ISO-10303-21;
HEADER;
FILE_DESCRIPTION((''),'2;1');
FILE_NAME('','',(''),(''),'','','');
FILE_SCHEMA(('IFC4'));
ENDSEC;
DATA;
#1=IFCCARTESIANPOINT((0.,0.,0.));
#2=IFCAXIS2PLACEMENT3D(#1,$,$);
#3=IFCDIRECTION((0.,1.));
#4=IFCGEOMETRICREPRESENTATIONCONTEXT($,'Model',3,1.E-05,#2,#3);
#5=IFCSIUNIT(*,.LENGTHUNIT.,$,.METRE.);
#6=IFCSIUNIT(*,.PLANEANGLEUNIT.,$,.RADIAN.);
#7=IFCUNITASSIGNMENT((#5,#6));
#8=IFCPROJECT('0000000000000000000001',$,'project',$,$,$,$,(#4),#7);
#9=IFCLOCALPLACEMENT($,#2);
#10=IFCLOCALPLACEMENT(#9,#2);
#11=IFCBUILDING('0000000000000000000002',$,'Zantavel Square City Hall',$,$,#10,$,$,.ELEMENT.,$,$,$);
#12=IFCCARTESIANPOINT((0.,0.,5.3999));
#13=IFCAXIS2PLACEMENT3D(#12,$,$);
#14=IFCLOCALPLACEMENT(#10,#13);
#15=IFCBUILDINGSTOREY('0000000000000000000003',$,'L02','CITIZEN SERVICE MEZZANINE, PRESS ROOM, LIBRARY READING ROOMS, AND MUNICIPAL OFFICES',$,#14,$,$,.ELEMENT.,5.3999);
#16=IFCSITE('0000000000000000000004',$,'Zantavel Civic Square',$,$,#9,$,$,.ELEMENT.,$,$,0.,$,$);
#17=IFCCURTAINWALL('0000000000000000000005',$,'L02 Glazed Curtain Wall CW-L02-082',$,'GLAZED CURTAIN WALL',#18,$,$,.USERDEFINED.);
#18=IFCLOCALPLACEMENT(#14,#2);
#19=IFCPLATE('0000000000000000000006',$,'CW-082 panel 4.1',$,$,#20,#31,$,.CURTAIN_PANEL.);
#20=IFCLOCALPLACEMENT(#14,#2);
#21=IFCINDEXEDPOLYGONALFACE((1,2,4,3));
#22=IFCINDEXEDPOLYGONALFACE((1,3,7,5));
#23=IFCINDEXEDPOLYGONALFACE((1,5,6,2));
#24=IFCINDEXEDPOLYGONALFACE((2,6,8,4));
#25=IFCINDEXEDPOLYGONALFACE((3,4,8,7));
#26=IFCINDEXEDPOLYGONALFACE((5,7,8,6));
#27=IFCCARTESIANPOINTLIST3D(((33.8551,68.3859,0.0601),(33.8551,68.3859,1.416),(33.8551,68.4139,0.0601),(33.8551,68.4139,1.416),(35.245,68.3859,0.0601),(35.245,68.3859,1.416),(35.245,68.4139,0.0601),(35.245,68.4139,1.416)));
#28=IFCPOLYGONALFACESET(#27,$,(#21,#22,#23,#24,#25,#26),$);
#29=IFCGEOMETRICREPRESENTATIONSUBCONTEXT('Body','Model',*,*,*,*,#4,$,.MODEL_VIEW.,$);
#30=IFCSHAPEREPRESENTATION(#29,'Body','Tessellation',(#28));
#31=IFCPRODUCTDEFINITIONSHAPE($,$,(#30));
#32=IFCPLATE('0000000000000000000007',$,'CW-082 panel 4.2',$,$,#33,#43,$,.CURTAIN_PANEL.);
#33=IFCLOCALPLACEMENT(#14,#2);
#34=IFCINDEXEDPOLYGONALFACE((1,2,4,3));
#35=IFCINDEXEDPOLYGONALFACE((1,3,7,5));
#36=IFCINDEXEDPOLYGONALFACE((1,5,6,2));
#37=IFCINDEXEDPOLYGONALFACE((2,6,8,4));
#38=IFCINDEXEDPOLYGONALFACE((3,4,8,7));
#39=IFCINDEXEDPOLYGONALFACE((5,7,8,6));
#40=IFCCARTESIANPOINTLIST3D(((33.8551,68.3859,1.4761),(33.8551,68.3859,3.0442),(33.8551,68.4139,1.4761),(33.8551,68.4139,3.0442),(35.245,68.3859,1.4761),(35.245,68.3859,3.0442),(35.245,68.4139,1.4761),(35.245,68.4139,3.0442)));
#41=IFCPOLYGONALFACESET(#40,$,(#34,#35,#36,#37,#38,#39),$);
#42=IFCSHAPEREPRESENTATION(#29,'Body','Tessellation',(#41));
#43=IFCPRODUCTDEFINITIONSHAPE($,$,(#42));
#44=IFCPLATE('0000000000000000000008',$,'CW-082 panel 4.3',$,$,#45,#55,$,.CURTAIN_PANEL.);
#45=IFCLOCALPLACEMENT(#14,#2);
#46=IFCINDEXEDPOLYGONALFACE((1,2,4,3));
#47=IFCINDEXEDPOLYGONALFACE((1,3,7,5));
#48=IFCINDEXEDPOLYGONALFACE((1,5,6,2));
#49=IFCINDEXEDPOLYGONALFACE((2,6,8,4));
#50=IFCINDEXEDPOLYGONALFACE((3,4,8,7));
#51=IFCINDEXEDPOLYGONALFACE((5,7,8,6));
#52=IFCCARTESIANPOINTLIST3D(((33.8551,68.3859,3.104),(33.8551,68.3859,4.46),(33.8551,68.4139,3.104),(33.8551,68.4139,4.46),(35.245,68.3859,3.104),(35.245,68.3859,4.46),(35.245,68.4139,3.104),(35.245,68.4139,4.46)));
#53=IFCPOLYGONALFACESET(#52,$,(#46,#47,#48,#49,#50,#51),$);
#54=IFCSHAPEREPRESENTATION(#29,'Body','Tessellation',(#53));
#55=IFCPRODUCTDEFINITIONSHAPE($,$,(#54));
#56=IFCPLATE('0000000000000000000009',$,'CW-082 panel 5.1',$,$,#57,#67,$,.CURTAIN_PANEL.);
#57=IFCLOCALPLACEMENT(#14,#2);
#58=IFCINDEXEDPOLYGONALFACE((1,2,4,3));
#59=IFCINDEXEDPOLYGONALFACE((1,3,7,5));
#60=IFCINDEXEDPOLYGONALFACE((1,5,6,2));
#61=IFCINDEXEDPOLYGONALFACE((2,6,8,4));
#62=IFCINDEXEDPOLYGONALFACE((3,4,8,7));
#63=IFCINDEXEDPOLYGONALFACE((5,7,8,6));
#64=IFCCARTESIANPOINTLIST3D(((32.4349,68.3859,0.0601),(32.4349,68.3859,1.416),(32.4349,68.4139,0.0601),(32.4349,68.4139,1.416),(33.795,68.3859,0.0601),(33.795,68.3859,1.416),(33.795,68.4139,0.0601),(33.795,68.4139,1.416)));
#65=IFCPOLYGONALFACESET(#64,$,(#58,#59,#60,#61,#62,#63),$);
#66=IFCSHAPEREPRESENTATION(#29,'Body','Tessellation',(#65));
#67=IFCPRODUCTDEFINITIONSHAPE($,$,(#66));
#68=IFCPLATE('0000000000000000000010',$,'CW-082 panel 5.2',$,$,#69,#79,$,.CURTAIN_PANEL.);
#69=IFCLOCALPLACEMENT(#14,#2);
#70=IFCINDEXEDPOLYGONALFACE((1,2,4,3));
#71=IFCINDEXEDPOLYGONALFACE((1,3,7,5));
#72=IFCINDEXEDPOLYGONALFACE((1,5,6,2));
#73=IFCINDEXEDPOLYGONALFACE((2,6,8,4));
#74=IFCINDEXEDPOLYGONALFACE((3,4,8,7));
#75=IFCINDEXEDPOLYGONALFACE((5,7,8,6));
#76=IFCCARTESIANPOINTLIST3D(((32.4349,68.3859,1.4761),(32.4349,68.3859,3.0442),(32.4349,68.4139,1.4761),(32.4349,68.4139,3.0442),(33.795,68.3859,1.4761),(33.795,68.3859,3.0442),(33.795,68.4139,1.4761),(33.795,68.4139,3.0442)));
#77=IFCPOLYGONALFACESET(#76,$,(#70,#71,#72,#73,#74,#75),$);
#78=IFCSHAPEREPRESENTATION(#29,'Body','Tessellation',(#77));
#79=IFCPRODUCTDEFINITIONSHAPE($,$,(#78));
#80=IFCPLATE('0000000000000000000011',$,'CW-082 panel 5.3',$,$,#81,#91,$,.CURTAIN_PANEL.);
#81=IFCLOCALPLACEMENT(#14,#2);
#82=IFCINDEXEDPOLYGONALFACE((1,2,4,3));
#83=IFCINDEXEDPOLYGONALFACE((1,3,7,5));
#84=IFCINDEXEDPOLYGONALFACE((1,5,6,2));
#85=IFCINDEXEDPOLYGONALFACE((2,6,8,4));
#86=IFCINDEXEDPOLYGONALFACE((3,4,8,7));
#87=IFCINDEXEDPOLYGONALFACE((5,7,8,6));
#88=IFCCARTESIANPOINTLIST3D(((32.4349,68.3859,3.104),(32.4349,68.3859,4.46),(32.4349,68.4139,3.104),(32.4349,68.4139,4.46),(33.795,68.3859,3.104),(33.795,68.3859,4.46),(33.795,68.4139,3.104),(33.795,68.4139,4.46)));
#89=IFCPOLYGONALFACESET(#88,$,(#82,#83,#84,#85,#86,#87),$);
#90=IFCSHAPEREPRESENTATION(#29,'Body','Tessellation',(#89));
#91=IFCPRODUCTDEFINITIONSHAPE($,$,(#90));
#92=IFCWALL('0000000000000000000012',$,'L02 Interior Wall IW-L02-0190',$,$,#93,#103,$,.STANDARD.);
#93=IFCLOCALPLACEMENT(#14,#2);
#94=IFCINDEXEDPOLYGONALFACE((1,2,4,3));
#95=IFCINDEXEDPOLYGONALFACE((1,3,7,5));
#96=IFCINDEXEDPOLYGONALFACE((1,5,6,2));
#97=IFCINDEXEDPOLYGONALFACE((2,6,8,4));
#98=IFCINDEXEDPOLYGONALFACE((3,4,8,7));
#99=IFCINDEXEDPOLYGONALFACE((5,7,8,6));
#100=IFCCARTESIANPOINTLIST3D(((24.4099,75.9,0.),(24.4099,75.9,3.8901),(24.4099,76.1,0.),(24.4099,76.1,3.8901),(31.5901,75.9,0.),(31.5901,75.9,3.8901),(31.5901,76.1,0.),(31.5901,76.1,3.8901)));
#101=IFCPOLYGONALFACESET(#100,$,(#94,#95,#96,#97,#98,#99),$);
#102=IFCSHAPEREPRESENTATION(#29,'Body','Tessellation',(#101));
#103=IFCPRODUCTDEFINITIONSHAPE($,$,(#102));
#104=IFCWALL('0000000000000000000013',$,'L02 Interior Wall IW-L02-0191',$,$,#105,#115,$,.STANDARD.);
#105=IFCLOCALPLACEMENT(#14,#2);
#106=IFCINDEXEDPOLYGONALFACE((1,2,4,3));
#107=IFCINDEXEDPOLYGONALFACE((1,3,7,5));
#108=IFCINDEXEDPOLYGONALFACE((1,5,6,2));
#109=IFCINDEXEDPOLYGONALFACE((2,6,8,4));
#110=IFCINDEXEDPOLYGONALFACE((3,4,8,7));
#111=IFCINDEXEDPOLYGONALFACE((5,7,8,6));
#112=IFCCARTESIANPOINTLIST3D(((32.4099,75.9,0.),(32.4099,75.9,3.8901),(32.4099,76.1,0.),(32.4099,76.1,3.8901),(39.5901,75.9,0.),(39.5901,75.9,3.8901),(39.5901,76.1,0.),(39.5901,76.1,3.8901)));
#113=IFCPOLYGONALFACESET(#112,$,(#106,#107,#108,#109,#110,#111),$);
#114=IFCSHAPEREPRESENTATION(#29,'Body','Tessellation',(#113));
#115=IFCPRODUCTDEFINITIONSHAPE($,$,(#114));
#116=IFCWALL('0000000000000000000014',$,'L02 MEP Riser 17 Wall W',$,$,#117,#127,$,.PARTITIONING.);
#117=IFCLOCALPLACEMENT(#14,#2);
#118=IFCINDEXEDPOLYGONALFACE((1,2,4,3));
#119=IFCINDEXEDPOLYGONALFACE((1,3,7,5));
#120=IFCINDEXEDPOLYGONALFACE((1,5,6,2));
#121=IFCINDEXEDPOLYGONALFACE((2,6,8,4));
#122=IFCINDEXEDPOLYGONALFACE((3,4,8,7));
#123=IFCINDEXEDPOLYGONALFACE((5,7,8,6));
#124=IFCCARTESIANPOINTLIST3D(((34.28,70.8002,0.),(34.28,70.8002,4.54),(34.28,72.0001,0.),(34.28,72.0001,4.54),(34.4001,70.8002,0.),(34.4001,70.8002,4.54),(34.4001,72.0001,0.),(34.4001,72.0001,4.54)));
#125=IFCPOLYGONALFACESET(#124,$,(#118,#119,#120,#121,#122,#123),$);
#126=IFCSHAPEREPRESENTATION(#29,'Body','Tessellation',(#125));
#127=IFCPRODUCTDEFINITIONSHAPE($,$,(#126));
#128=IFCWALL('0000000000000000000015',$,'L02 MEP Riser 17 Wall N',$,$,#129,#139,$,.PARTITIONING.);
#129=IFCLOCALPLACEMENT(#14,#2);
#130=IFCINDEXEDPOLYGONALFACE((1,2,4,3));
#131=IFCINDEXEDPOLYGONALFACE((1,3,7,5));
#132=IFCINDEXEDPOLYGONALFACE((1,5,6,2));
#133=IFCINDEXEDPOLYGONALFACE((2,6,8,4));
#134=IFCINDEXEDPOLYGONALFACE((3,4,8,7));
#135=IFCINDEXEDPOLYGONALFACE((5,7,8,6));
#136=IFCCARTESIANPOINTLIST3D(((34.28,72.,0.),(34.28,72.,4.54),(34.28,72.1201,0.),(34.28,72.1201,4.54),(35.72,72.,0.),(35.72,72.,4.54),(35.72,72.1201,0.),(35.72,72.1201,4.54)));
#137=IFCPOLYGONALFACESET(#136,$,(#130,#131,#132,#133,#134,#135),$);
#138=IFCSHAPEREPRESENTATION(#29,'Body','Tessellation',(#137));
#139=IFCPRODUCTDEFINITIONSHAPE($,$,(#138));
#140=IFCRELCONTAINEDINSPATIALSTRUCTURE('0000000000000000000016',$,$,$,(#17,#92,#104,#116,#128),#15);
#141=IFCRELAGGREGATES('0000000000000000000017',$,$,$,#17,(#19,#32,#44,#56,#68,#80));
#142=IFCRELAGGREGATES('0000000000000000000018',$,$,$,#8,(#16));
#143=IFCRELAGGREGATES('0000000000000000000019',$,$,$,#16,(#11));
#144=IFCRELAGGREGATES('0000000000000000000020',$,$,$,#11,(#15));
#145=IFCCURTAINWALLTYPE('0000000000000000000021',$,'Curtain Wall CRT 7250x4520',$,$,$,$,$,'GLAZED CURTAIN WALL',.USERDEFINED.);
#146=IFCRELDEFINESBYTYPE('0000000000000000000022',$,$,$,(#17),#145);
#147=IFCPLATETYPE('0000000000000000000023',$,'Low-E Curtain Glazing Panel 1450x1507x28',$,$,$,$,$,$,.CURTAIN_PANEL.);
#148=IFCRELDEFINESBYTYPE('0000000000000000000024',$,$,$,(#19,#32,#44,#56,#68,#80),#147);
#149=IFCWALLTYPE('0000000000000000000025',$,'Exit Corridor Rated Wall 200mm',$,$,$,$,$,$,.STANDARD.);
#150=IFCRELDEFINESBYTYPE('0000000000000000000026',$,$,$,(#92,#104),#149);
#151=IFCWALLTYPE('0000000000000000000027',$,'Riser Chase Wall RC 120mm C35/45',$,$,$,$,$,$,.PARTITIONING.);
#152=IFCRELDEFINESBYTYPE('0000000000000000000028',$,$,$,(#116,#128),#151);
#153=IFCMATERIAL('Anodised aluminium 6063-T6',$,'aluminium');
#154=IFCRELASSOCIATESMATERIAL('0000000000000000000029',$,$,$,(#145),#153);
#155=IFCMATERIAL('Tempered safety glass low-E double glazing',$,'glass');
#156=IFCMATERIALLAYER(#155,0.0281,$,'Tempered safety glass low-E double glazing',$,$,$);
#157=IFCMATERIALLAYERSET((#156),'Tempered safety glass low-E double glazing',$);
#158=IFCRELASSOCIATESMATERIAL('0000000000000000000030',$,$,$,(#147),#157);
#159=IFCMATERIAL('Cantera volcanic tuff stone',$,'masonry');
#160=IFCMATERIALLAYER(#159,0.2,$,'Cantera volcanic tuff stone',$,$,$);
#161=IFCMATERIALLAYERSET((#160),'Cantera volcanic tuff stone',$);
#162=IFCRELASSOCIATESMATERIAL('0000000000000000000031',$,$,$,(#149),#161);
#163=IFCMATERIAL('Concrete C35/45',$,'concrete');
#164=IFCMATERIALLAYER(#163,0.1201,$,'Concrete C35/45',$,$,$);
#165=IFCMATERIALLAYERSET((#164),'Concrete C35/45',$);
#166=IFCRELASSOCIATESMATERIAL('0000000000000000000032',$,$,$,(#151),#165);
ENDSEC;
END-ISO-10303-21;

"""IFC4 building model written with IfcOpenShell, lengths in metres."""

from ifc_helpers import new_model, si_unit, direction, frame, frame_2d, origin, origin_2d, place, context, subcontext, project, spatial, rectangle, extrude, material, layer, layer_set, type_object, element, aggregate, save


model = new_model("IFC4")

# Units and contexts
model_context = context("Model", 3, precision=1e-05, world=origin(), true_north=direction((0.0, 1.0)))
body_context = subcontext(model_context, "Body", "Model", "MODEL_VIEW")
ifc_project = project(units=[si_unit("LENGTHUNIT", "METRE"), si_unit("PLANEANGLEUNIT", "RADIAN")], contexts=[model_context])

# Site, building, storey
site_placement = place(None, origin())
site = spatial("IfcSite", under=ifc_project, at=site_placement, Name="Zantavel Civic Square", CompositionType="ELEMENT", RefElevation=0.0)
building_placement = place(site_placement, origin())
building = spatial("IfcBuilding", under=site, at=building_placement, Name="Zantavel Square City Hall", CompositionType="ELEMENT")
storey_placement = place(building_placement, frame((0.0, 0.0, 5.3999)))
storey = spatial("IfcBuildingStorey", under=building, at=storey_placement, Name="L02", Description="CITIZEN SERVICE MEZZANINE, PRESS ROOM, LIBRARY READING ROOMS, AND MUNICIPAL OFFICES", CompositionType="ELEMENT", Elevation=5.3999)

# Curtain wall
ifc_material_1 = material(Name="Anodised aluminium 6063-T6", Category="aluminium")
curtain_wall_type = type_object("IfcCurtainWallType", Name="Curtain Wall CRT 7250x4520", ElementType="GLAZED CURTAIN WALL", PredefinedType="USERDEFINED", material=ifc_material_1)
curtain_wall_placement = place(storey_placement, origin())
curtain_wall = element("IfcCurtainWall", 1, at=curtain_wall_placement, inside=storey, type_object=curtain_wall_type, Name="L02 Glazed Curtain Wall CW-L02-082", ObjectType="GLAZED CURTAIN WALL", PredefinedType="USERDEFINED")

# Shared definitions
ifc_material_2 = material(Name="Concrete C35/45", Category="concrete")

# Plates
ifc_material_3 = material(Name="Tempered safety glass low-E double glazing", Category="glass")
ifc_layer_1 = layer(ifc_material_3, 0.0281, Name="Tempered safety glass low-E double glazing")
ifc_layer_set_1 = layer_set([ifc_layer_1], Name="Tempered safety glass low-E double glazing")
plate_type = type_object("IfcPlateType", Name="Low-E Curtain Glazing Panel 1450x1507x28", PredefinedType="CURTAIN_PANEL", material=ifc_layer_set_1)
plate_1_placement = place(storey_placement, frame((34.55, 68.3999, 0.0601), z_axis=(0.0, 0.0, 1.0), x_axis=(-1.0, 0.0, 0.0)))
plate_1 = element("IfcPlate", 2, at=plate_1_placement, type_object=plate_type, Name="CW-082 panel 4.1", PredefinedType="CURTAIN_PANEL", context=body_context, shape_type="SweptSolid", body=[
    extrude(rectangle(XDim=1.3899, YDim=0.0281, at=origin_2d()), origin(), (0.0, 0.0, 1.0), 1.356),
])
plate_2_placement = place(storey_placement, frame((34.55, 68.3999, 1.4761), z_axis=(0.0, 0.0, 1.0), x_axis=(-1.0, 0.0, 0.0)))
plate_2 = element("IfcPlate", 3, at=plate_2_placement, type_object=plate_type, Name="CW-082 panel 4.2", PredefinedType="CURTAIN_PANEL", context=body_context, shape_type="SweptSolid", body=[
    extrude(rectangle(XDim=1.3899, YDim=0.0281, at=origin_2d()), origin(), (0.0, 0.0, 1.0), 1.5681),
])
plate_3_placement = place(storey_placement, frame((34.55, 68.3999, 3.104), z_axis=(0.0, 0.0, 1.0), x_axis=(-1.0, 0.0, 0.0)))
plate_3 = element("IfcPlate", 4, at=plate_3_placement, type_object=plate_type, Name="CW-082 panel 4.3", PredefinedType="CURTAIN_PANEL", context=body_context, shape_type="SweptSolid", body=[
    extrude(rectangle(XDim=1.3899, YDim=0.0281, at=origin_2d()), origin(), (0.0, 0.0, 1.0), 1.356),
])
plate_4_placement = place(storey_placement, frame((33.115, 68.3999, 0.0601), z_axis=(0.0, 0.0, 1.0), x_axis=(-1.0, 0.0, 0.0)))
plate_4 = element("IfcPlate", 5, at=plate_4_placement, type_object=plate_type, Name="CW-082 panel 5.1", PredefinedType="CURTAIN_PANEL", context=body_context, shape_type="SweptSolid", body=[
    extrude(rectangle(XDim=1.3601, YDim=0.0281, at=origin_2d()), origin(), (0.0, 0.0, 1.0), 1.356),
])
plate_5_placement = place(storey_placement, frame((33.115, 68.3999, 1.4761), z_axis=(0.0, 0.0, 1.0), x_axis=(-1.0, 0.0, 0.0)))
plate_5 = element("IfcPlate", 6, at=plate_5_placement, type_object=plate_type, Name="CW-082 panel 5.2", PredefinedType="CURTAIN_PANEL", context=body_context, shape_type="SweptSolid", body=[
    extrude(rectangle(XDim=1.3601, YDim=0.0281, at=origin_2d()), origin(), (0.0, 0.0, 1.0), 1.5681),
])
plate_6_placement = place(storey_placement, frame((33.115, 68.3999, 3.104), z_axis=(0.0, 0.0, 1.0), x_axis=(-1.0, 0.0, 0.0)))
plate_6 = element("IfcPlate", 7, at=plate_6_placement, type_object=plate_type, Name="CW-082 panel 5.3", PredefinedType="CURTAIN_PANEL", context=body_context, shape_type="SweptSolid", body=[
    extrude(rectangle(XDim=1.3601, YDim=0.0281, at=origin_2d()), origin(), (0.0, 0.0, 1.0), 1.356),
])
aggregate(curtain_wall, [plate_1, plate_2, plate_3, plate_4, plate_5, plate_6])

# Walls
ifc_material_4 = material(Name="Cantera volcanic tuff stone", Category="masonry")
ifc_layer_2 = layer(ifc_material_4, 0.2, Name="Cantera volcanic tuff stone")
ifc_layer_set_2 = layer_set([ifc_layer_2], Name="Cantera volcanic tuff stone")
wall_type_1 = type_object("IfcWallType", Name="Exit Corridor Rated Wall 200mm", PredefinedType="STANDARD", material=ifc_layer_set_2)
for number, where, z_axis, x_axis, name in (
    (8, (24.4099, 76.0, 0.0), (0.0, 0.0, 1.0), (1.0, 0.0, 0.0), "L02 Interior Wall IW-L02-0190"),
    (9, (32.4099, 76.0, 0.0), (0.0, 0.0, 1.0), (1.0, 0.0, 0.0), "L02 Interior Wall IW-L02-0191"),
):
    element("IfcWall", number, at=place(storey_placement, frame(where, z_axis=z_axis, x_axis=x_axis)), inside=storey, type_object=wall_type_1, Name=name, PredefinedType="STANDARD", context=body_context, shape_type="SweptSolid", body=[
        extrude(rectangle(XDim=7.1802, YDim=0.2, at=frame_2d((3.5901, 0.0))), origin(), (0.0, 0.0, 1.0), 3.8901),
    ])
ifc_layer_3 = layer(ifc_material_2, 0.1201, Name="Concrete C35/45")
ifc_layer_set_3 = layer_set([ifc_layer_3], Name="Concrete C35/45")
wall_type_2 = type_object("IfcWallType", Name="Riser Chase Wall RC 120mm C35/45", PredefinedType="PARTITIONING", material=ifc_layer_set_3)
wall_1_placement = place(storey_placement, frame((34.3401, 70.8, 0.0), z_axis=(0.0, 0.0, 1.0), x_axis=(0.0, 1.0, 0.0)))
element("IfcWall", 10, at=wall_1_placement, inside=storey, type_object=wall_type_2, Name="L02 MEP Riser 17 Wall W", PredefinedType="PARTITIONING", context=body_context, shape_type="SweptSolid", body=[
    extrude(rectangle(XDim=1.2, YDim=0.1201, at=frame_2d((0.6001, 0.0))), origin(), (0.0, 0.0, 1.0), 4.54),
])
wall_2_placement = place(storey_placement, frame((34.28, 72.0601, 0.0), z_axis=(0.0, 0.0, 1.0), x_axis=(1.0, 0.0, 0.0)))
element("IfcWall", 11, at=wall_2_placement, inside=storey, type_object=wall_type_2, Name="L02 MEP Riser 17 Wall N", PredefinedType="PARTITIONING", context=body_context, shape_type="SweptSolid", body=[
    extrude(rectangle(XDim=1.4399, YDim=0.1201, at=frame_2d((0.72, 0.0))), origin(), (0.0, 0.0, 1.0), 4.54),
])

save(model, "model.ifc")
